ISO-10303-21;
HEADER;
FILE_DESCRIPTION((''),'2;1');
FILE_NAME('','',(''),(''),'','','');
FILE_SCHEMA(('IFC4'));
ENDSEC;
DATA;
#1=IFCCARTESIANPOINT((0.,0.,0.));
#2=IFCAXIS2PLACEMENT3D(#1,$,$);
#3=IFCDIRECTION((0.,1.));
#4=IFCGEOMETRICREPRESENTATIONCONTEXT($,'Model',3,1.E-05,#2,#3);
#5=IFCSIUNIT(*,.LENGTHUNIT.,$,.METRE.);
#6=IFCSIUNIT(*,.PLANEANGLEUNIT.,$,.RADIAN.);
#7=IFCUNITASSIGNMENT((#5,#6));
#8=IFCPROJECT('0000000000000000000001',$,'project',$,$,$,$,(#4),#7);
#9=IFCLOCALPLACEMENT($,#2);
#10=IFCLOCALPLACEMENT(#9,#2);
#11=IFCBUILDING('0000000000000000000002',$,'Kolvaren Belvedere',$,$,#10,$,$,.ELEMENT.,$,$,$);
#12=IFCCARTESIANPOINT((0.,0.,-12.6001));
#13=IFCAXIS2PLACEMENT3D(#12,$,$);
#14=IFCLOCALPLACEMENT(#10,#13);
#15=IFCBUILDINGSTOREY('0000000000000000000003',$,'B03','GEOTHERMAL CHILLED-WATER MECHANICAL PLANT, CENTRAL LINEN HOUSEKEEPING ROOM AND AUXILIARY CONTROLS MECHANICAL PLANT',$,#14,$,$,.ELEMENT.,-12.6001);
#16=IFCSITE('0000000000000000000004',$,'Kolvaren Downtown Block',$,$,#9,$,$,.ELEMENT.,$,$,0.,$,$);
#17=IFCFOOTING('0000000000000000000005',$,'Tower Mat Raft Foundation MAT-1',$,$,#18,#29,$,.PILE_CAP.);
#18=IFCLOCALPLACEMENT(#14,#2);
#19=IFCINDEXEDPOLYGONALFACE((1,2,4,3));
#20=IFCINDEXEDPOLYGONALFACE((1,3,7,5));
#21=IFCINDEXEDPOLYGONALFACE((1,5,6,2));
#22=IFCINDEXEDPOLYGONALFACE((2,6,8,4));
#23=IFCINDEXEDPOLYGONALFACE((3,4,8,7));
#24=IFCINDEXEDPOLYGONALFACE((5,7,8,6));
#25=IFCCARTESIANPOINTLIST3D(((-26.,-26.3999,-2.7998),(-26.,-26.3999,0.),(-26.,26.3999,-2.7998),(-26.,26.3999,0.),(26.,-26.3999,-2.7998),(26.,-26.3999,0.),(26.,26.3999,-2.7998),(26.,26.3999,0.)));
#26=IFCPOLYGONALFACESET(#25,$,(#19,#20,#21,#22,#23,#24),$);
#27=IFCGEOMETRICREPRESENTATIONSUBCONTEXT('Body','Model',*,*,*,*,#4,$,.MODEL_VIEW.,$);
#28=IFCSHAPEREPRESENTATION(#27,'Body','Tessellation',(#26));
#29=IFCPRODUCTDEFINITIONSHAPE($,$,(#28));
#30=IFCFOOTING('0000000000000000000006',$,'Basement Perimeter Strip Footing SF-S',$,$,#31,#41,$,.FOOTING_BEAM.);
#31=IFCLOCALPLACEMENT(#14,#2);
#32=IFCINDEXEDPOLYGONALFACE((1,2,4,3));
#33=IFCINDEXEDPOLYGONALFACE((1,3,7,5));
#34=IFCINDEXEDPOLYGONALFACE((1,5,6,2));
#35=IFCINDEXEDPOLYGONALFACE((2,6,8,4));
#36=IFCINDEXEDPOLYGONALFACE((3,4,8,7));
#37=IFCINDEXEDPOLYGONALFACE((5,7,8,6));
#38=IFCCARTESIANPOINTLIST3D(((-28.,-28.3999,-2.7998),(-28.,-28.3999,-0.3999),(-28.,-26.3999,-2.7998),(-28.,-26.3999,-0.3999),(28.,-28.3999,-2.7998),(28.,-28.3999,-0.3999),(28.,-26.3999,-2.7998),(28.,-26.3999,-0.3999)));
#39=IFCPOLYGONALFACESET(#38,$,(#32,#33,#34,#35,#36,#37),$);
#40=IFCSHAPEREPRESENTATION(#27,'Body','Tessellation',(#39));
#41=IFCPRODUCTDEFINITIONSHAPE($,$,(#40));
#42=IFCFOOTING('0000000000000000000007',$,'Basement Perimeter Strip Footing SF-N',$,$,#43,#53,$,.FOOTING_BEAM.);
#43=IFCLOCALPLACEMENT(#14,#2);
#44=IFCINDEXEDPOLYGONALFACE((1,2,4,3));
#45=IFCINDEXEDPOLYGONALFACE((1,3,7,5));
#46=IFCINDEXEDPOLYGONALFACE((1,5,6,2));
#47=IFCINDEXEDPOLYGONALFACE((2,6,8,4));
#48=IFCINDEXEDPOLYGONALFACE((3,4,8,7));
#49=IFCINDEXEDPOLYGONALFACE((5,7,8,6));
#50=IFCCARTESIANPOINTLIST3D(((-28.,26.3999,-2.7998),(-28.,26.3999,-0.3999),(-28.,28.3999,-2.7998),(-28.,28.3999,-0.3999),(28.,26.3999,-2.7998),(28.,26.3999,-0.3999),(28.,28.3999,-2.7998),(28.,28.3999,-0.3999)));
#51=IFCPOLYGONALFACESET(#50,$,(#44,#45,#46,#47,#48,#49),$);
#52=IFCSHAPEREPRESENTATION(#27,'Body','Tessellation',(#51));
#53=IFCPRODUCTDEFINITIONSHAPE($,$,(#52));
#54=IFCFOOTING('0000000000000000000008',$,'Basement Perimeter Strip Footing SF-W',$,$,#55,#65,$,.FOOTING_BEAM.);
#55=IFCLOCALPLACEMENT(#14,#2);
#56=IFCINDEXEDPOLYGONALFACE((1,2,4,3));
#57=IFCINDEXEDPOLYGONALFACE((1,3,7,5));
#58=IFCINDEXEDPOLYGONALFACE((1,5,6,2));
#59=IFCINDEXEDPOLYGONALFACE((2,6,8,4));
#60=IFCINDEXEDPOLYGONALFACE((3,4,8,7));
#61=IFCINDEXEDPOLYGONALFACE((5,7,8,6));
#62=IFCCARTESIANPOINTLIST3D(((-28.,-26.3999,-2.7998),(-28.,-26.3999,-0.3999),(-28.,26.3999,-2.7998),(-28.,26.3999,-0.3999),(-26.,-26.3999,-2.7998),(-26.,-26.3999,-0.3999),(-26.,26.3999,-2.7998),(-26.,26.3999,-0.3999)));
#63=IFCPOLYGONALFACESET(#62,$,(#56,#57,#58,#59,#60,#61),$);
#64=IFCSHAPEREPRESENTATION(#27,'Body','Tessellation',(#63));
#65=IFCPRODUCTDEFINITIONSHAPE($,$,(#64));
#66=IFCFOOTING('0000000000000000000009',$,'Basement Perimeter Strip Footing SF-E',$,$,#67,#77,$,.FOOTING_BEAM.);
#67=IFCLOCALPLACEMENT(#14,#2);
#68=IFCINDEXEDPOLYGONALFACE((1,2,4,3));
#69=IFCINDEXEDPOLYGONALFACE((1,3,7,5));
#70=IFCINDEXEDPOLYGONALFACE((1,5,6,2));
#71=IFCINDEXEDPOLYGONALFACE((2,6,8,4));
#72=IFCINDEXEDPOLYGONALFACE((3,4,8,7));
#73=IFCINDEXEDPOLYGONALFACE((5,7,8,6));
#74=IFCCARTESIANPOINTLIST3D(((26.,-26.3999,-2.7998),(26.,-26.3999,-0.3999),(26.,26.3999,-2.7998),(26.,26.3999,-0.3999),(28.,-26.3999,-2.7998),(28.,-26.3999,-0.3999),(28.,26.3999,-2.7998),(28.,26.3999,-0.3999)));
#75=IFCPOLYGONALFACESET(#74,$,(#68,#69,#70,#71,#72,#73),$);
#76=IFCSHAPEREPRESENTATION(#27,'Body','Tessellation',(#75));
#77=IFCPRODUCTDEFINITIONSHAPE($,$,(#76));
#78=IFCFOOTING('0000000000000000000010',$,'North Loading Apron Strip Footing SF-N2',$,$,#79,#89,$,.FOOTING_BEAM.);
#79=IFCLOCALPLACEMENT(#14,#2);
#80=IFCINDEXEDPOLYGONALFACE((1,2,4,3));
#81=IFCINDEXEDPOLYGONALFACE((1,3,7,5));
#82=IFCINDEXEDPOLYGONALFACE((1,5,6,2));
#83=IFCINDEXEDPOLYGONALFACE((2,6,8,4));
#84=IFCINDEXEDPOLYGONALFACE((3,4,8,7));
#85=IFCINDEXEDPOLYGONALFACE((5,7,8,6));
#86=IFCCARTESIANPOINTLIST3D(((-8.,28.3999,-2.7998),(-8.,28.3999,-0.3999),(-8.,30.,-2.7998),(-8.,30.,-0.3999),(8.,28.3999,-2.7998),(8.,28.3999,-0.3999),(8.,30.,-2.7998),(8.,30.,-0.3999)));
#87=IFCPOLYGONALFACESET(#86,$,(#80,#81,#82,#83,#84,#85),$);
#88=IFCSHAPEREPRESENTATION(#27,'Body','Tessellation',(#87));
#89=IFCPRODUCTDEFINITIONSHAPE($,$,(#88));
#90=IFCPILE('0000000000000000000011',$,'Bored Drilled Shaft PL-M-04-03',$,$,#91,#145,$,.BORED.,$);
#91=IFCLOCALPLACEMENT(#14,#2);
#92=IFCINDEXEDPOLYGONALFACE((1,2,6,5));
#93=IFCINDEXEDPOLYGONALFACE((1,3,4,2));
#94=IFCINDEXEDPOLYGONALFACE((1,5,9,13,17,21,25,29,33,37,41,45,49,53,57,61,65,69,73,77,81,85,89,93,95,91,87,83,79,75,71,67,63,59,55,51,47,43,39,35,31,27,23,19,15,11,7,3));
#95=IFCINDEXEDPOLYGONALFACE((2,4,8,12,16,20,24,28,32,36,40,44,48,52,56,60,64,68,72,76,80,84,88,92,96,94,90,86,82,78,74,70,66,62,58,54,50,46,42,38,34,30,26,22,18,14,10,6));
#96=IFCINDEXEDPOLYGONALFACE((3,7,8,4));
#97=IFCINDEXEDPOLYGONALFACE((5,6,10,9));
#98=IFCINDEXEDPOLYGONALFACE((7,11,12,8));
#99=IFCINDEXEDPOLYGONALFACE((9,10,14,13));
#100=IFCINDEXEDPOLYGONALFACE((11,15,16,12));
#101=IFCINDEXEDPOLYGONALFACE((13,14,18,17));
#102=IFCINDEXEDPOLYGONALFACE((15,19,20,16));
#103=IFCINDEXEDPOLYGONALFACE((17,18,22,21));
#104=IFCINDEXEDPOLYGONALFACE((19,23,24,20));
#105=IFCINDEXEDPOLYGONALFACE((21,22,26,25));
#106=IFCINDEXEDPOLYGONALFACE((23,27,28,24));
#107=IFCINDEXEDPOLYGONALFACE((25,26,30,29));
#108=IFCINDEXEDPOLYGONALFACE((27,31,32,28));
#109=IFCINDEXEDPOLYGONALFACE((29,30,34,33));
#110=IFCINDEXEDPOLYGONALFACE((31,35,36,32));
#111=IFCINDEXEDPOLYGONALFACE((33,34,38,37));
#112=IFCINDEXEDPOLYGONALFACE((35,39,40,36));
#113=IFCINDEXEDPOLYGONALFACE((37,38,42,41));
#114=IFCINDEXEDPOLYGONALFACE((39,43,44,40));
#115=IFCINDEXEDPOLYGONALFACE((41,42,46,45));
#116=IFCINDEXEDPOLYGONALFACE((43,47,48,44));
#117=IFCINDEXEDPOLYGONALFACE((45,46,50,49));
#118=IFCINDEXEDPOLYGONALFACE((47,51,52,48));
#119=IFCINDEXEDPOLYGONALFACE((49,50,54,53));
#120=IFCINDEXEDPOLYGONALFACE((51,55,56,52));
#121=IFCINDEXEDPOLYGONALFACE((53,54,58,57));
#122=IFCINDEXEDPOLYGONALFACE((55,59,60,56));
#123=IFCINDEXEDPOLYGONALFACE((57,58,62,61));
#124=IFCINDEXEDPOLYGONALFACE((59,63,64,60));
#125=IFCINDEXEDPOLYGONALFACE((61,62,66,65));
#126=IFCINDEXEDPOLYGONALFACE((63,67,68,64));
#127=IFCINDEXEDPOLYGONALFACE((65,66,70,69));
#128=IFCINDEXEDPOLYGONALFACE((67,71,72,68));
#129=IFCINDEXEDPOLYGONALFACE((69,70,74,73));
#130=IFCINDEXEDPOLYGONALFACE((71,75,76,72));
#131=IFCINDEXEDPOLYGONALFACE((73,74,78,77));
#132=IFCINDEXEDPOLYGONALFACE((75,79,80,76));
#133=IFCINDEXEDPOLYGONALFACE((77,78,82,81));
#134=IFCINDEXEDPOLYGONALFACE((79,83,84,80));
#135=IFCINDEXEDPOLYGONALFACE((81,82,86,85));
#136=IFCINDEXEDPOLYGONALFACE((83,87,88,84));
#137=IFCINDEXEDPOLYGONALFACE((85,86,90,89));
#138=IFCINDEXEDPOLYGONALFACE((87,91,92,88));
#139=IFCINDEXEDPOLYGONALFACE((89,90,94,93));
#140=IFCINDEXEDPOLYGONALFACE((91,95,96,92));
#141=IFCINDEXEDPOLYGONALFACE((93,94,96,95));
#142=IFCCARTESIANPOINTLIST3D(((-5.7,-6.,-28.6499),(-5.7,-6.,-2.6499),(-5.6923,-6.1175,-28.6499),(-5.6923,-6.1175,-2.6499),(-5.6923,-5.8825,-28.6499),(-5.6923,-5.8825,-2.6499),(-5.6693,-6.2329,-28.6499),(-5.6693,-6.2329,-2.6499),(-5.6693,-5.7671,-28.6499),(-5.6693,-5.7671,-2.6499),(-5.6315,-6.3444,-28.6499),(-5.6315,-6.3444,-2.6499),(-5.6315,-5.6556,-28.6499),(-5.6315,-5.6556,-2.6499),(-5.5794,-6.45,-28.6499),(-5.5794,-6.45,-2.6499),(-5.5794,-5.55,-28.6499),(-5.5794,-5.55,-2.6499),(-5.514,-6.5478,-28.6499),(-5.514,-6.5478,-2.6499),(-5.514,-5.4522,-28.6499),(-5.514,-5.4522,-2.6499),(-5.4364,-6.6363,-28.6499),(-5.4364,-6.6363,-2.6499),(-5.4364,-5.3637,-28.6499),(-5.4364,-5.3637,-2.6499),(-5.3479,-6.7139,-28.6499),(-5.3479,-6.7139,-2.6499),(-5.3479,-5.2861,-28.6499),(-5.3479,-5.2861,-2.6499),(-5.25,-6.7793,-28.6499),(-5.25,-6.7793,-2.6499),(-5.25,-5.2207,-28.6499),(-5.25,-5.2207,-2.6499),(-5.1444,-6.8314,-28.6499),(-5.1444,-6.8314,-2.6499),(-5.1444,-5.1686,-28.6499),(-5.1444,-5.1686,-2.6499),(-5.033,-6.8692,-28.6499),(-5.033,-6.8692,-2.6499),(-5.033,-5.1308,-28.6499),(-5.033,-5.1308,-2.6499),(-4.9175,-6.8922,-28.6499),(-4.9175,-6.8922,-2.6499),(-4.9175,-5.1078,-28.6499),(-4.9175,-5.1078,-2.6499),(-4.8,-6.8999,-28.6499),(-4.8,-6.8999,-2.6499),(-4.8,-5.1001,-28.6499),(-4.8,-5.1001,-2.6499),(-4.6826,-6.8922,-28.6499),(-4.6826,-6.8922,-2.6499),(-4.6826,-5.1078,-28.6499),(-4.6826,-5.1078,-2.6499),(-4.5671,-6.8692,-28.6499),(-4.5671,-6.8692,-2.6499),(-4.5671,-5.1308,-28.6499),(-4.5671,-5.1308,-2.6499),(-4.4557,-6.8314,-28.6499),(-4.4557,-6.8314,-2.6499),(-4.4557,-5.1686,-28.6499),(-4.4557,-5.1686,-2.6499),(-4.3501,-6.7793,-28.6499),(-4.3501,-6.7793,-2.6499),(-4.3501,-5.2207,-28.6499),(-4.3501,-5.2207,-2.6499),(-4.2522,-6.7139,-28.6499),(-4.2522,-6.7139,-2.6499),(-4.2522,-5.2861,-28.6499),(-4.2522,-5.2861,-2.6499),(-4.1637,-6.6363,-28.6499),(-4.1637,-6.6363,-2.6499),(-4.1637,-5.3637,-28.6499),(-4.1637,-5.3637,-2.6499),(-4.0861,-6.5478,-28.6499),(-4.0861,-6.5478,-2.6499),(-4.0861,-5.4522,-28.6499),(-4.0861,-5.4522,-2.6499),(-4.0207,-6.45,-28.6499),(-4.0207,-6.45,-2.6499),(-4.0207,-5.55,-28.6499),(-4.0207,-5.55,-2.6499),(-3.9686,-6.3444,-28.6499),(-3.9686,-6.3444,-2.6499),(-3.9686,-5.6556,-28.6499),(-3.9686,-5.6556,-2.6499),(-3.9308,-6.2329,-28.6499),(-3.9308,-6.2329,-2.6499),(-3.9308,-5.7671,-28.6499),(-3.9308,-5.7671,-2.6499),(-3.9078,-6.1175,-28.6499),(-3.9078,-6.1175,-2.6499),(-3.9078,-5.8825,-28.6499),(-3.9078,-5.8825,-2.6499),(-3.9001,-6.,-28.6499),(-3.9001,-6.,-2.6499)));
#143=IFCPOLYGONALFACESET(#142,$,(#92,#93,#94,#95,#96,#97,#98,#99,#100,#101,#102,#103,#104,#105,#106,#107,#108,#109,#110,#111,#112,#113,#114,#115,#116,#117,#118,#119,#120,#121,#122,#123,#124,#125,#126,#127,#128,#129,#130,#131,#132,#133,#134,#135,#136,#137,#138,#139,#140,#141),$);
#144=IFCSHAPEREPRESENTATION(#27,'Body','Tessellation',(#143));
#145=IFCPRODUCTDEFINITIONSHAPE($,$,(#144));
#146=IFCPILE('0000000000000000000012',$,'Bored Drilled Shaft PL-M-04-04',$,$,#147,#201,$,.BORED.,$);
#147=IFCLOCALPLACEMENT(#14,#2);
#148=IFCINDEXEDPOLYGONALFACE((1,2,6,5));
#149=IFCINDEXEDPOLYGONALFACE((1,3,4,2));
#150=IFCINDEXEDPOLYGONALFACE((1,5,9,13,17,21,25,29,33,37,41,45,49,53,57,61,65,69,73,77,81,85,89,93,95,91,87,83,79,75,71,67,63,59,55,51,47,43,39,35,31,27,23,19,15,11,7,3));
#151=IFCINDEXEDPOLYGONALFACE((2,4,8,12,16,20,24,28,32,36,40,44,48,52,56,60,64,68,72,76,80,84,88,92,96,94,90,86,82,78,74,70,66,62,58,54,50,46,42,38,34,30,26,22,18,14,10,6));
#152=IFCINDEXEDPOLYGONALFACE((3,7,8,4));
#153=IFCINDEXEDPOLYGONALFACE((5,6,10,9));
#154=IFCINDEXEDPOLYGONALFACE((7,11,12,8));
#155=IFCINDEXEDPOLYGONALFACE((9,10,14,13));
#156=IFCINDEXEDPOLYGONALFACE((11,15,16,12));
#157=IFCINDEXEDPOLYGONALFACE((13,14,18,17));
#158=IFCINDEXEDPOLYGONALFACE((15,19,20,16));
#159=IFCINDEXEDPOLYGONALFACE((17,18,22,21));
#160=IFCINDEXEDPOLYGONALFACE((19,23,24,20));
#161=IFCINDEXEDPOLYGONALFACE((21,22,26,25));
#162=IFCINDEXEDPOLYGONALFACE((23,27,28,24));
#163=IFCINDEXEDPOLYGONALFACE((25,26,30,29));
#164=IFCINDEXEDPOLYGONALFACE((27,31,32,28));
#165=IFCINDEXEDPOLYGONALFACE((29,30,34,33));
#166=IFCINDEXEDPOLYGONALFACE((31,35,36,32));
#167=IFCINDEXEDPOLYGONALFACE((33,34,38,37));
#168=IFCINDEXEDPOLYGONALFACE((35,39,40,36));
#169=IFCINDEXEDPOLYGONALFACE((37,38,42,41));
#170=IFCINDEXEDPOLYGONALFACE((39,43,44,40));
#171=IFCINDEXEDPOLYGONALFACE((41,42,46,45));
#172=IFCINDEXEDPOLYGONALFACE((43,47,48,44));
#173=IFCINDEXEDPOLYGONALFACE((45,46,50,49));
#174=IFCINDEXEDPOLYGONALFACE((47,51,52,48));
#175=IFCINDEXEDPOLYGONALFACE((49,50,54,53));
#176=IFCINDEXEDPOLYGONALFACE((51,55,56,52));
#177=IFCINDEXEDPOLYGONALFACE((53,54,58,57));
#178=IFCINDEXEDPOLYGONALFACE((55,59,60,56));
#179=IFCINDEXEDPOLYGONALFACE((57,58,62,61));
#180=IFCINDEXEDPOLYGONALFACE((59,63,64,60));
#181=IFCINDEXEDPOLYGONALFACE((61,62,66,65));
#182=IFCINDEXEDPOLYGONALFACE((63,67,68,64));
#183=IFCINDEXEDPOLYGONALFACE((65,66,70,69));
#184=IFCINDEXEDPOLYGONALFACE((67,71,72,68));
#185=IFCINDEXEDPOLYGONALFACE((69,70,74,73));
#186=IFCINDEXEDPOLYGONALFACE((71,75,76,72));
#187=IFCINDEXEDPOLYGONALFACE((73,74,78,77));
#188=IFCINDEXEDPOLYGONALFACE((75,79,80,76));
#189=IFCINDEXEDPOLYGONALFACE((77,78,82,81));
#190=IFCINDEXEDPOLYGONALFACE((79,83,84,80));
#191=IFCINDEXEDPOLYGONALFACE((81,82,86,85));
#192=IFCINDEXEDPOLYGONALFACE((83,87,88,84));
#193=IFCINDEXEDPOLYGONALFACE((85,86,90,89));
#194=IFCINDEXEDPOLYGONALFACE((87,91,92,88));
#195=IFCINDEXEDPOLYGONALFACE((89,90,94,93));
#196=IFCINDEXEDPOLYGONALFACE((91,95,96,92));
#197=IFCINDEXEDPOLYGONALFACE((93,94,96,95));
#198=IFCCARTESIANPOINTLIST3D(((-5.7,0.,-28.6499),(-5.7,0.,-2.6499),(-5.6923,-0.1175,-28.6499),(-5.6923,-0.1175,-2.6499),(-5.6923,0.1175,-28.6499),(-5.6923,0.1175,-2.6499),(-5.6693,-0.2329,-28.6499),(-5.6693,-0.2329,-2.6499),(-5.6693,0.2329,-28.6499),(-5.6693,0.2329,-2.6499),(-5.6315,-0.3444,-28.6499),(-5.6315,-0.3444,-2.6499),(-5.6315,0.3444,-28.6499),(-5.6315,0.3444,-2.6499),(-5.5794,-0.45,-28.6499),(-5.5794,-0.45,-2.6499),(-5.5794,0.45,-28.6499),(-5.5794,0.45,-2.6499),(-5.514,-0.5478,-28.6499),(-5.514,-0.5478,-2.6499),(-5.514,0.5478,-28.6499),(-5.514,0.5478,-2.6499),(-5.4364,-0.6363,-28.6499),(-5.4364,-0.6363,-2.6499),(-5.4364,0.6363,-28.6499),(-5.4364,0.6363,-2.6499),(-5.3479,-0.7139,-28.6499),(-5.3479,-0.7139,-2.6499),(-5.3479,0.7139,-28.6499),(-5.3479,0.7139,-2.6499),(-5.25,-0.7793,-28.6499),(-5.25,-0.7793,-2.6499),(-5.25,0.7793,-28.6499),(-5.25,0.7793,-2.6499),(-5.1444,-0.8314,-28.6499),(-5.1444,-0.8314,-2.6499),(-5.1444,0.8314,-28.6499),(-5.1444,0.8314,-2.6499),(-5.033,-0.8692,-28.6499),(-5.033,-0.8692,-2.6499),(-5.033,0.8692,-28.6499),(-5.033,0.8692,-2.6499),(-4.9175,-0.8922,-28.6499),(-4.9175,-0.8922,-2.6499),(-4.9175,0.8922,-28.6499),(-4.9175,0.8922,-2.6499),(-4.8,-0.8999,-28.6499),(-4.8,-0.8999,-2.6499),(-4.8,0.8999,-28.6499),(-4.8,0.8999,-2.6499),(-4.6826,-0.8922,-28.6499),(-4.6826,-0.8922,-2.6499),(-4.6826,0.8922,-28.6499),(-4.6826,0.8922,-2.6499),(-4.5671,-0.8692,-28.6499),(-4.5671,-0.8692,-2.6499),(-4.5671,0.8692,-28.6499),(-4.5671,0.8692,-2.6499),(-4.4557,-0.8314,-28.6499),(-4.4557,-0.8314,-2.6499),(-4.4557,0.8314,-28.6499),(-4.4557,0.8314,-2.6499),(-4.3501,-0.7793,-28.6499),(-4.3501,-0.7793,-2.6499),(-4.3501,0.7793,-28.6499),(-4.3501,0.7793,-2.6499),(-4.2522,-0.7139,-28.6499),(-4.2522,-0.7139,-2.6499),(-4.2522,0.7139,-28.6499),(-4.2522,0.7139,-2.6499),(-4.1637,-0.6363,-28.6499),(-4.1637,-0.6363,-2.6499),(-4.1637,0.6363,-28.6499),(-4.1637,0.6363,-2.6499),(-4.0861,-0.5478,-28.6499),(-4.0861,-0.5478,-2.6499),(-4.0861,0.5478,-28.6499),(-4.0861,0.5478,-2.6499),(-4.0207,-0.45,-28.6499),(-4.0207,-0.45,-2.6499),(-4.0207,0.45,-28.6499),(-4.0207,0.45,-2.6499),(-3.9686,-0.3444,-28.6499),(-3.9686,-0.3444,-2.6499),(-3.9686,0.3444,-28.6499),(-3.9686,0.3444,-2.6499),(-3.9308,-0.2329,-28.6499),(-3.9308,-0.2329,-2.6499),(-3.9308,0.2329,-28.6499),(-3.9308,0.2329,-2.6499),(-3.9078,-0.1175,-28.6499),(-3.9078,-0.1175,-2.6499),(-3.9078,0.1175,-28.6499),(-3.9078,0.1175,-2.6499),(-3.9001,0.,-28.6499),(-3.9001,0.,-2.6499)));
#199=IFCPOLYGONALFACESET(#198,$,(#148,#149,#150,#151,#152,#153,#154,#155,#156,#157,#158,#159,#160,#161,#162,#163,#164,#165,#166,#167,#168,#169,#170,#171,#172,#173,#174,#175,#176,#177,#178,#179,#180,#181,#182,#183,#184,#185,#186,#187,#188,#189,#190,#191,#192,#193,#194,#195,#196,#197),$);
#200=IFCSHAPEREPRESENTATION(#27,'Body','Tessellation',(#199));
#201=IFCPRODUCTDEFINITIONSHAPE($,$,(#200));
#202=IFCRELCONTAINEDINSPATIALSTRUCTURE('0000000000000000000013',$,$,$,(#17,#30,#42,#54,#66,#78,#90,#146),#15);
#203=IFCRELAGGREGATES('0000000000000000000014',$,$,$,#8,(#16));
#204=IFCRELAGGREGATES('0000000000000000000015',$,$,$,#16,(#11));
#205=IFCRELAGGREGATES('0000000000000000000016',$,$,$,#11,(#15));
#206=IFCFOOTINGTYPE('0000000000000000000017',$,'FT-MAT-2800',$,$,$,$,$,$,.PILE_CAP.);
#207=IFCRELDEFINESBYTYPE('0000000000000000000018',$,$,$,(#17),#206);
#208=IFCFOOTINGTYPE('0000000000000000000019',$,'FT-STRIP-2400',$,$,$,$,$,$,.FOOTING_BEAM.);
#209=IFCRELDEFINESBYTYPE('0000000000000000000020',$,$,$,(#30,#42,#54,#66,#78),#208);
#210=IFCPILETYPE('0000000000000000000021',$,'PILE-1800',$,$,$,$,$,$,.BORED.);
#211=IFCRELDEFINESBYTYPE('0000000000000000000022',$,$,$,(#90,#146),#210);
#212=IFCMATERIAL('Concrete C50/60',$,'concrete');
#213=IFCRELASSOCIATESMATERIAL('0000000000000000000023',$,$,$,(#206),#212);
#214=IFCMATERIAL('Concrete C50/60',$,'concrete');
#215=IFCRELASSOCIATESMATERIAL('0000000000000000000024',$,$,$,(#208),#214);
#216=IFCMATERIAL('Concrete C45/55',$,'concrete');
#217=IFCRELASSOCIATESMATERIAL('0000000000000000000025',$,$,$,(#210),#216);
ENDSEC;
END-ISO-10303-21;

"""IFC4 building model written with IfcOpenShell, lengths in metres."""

from ifc_helpers import new_model, si_unit, direction, frame, origin, origin_2d, place, context, subcontext, project, spatial, polyline, circle, outline, extrude, material, material_profile, profile_set, type_object, element, save


model = new_model("IFC4")

# Units and contexts
model_context = context("Model", 3, precision=1e-05, world=origin(), true_north=direction((0.0, 1.0)))
body_context = subcontext(model_context, "Body", "Model", "MODEL_VIEW")
ifc_project = project(units=[si_unit("LENGTHUNIT", "METRE"), si_unit("PLANEANGLEUNIT", "RADIAN")], contexts=[model_context])

# Site, building, storey
site_placement = place(None, origin())
site = spatial("IfcSite", under=ifc_project, at=site_placement, Name="Kolvaren Downtown Block", CompositionType="ELEMENT", RefElevation=0.0)
building_placement = place(site_placement, origin())
building = spatial("IfcBuilding", under=site, at=building_placement, Name="Kolvaren Belvedere", CompositionType="ELEMENT")
storey_placement = place(building_placement, frame((0.0, 0.0, -12.6001)))
storey = spatial("IfcBuildingStorey", under=building, at=storey_placement, Name="B03", Description="GEOTHERMAL CHILLED-WATER MECHANICAL PLANT, CENTRAL LINEN HOUSEKEEPING ROOM AND AUXILIARY CONTROLS MECHANICAL PLANT", CompositionType="ELEMENT", Elevation=-12.6001)

# Footings
ifc_material_1 = material(Name="Concrete C50/60", Category="concrete")
footing_type_1 = type_object("IfcFootingType", Name="FT-MAT-2800", PredefinedType="PILE_CAP", material=ifc_material_1)
footing_1_placement = place(storey_placement, frame((0.0, 0.0, -2.7998)))
element("IfcFooting", 1, at=footing_1_placement, inside=storey, type_object=footing_type_1, Name="Tower Mat Raft Foundation MAT-1", PredefinedType="PILE_CAP", context=body_context, shape_type="SweptSolid", body=[
    extrude(outline(polyline([(-26.0, -26.3999), (26.0, -26.3999), (26.0, 26.3999), (-26.0, 26.3999), (-26.0, -26.3999)])), origin(), (0.0, 0.0, 1.0), 2.7998),
])
ifc_material_2 = material(Name="Concrete C50/60", Category="concrete")
footing_type_2 = type_object("IfcFootingType", Name="FT-STRIP-2400", PredefinedType="FOOTING_BEAM", material=ifc_material_2)
footing_2_placement = place(storey_placement, frame((0.0, 0.0, -2.7998)))
element("IfcFooting", 2, at=footing_2_placement, inside=storey, type_object=footing_type_2, Name="Basement Perimeter Strip Footing SF-S", PredefinedType="FOOTING_BEAM", context=body_context, shape_type="SweptSolid", body=[
    extrude(outline(polyline([(-28.0, -28.3999), (28.0, -28.3999), (28.0, -26.3999), (-28.0, -26.3999), (-28.0, -28.3999)])), origin(), (0.0, 0.0, 1.0), 2.3999),
])
footing_3_placement = place(storey_placement, frame((0.0, 0.0, -2.7998)))
element("IfcFooting", 3, at=footing_3_placement, inside=storey, type_object=footing_type_2, Name="Basement Perimeter Strip Footing SF-N", PredefinedType="FOOTING_BEAM", context=body_context, shape_type="SweptSolid", body=[
    extrude(outline(polyline([(-28.0, 26.3999), (28.0, 26.3999), (28.0, 28.3999), (-28.0, 28.3999), (-28.0, 26.3999)])), origin(), (0.0, 0.0, 1.0), 2.3999),
])
footing_4_placement = place(storey_placement, frame((0.0, 0.0, -2.7998)))
element("IfcFooting", 4, at=footing_4_placement, inside=storey, type_object=footing_type_2, Name="Basement Perimeter Strip Footing SF-W", PredefinedType="FOOTING_BEAM", context=body_context, shape_type="SweptSolid", body=[
    extrude(outline(polyline([(-28.0, -26.3999), (-26.0, -26.3999), (-26.0, 26.3999), (-28.0, 26.3999), (-28.0, -26.3999)])), origin(), (0.0, 0.0, 1.0), 2.3999),
])
footing_5_placement = place(storey_placement, frame((0.0, 0.0, -2.7998)))
element("IfcFooting", 5, at=footing_5_placement, inside=storey, type_object=footing_type_2, Name="Basement Perimeter Strip Footing SF-E", PredefinedType="FOOTING_BEAM", context=body_context, shape_type="SweptSolid", body=[
    extrude(outline(polyline([(26.0, -26.3999), (28.0, -26.3999), (28.0, 26.3999), (26.0, 26.3999), (26.0, -26.3999)])), origin(), (0.0, 0.0, 1.0), 2.3999),
])
footing_6_placement = place(storey_placement, frame((0.0, 0.0, -2.7998)))
element("IfcFooting", 6, at=footing_6_placement, inside=storey, type_object=footing_type_2, Name="North Loading Apron Strip Footing SF-N2", PredefinedType="FOOTING_BEAM", context=body_context, shape_type="SweptSolid", body=[
    extrude(outline(polyline([(-8.0, 28.3999), (8.0, 28.3999), (8.0, 30.0), (-8.0, 30.0), (-8.0, 28.3999)])), origin(), (0.0, 0.0, 1.0), 2.3999),
])

# Piles
ifc_material_3 = material(Name="Concrete C45/55", Category="concrete")
ifc_material_profile_1 = material_profile(ifc_material_3, circle(Radius=0.8999, at=origin_2d()), Name="BORED PILE D1800")
ifc_profile_set_1 = profile_set([ifc_material_profile_1], Name="Concrete C45/55")
pile_type = type_object("IfcPileType", Name="PILE-1800", PredefinedType="BORED", material=ifc_profile_set_1)
for number, where, z_axis, x_axis, name in (
    (7, (-4.8, -6.0, -2.6499), (0.0, 0.0, -1.0), (1.0, 0.0, 0.0), "Bored Drilled Shaft PL-M-04-03"),
    (8, (-4.8, 0.0, -2.6499), (0.0, 0.0, -1.0), (1.0, 0.0, 0.0), "Bored Drilled Shaft PL-M-04-04"),
):
    element("IfcPile", number, at=place(storey_placement, frame(where, z_axis=z_axis, x_axis=x_axis)), inside=storey, type_object=pile_type, Name=name, PredefinedType="BORED", context=body_context, shape_type="SweptSolid", body=[
        extrude(circle(Radius=0.8999, at=origin_2d()), origin(), (0.0, 0.0, 1.0), 26.0),
    ])

save(model, "model.ifc")
